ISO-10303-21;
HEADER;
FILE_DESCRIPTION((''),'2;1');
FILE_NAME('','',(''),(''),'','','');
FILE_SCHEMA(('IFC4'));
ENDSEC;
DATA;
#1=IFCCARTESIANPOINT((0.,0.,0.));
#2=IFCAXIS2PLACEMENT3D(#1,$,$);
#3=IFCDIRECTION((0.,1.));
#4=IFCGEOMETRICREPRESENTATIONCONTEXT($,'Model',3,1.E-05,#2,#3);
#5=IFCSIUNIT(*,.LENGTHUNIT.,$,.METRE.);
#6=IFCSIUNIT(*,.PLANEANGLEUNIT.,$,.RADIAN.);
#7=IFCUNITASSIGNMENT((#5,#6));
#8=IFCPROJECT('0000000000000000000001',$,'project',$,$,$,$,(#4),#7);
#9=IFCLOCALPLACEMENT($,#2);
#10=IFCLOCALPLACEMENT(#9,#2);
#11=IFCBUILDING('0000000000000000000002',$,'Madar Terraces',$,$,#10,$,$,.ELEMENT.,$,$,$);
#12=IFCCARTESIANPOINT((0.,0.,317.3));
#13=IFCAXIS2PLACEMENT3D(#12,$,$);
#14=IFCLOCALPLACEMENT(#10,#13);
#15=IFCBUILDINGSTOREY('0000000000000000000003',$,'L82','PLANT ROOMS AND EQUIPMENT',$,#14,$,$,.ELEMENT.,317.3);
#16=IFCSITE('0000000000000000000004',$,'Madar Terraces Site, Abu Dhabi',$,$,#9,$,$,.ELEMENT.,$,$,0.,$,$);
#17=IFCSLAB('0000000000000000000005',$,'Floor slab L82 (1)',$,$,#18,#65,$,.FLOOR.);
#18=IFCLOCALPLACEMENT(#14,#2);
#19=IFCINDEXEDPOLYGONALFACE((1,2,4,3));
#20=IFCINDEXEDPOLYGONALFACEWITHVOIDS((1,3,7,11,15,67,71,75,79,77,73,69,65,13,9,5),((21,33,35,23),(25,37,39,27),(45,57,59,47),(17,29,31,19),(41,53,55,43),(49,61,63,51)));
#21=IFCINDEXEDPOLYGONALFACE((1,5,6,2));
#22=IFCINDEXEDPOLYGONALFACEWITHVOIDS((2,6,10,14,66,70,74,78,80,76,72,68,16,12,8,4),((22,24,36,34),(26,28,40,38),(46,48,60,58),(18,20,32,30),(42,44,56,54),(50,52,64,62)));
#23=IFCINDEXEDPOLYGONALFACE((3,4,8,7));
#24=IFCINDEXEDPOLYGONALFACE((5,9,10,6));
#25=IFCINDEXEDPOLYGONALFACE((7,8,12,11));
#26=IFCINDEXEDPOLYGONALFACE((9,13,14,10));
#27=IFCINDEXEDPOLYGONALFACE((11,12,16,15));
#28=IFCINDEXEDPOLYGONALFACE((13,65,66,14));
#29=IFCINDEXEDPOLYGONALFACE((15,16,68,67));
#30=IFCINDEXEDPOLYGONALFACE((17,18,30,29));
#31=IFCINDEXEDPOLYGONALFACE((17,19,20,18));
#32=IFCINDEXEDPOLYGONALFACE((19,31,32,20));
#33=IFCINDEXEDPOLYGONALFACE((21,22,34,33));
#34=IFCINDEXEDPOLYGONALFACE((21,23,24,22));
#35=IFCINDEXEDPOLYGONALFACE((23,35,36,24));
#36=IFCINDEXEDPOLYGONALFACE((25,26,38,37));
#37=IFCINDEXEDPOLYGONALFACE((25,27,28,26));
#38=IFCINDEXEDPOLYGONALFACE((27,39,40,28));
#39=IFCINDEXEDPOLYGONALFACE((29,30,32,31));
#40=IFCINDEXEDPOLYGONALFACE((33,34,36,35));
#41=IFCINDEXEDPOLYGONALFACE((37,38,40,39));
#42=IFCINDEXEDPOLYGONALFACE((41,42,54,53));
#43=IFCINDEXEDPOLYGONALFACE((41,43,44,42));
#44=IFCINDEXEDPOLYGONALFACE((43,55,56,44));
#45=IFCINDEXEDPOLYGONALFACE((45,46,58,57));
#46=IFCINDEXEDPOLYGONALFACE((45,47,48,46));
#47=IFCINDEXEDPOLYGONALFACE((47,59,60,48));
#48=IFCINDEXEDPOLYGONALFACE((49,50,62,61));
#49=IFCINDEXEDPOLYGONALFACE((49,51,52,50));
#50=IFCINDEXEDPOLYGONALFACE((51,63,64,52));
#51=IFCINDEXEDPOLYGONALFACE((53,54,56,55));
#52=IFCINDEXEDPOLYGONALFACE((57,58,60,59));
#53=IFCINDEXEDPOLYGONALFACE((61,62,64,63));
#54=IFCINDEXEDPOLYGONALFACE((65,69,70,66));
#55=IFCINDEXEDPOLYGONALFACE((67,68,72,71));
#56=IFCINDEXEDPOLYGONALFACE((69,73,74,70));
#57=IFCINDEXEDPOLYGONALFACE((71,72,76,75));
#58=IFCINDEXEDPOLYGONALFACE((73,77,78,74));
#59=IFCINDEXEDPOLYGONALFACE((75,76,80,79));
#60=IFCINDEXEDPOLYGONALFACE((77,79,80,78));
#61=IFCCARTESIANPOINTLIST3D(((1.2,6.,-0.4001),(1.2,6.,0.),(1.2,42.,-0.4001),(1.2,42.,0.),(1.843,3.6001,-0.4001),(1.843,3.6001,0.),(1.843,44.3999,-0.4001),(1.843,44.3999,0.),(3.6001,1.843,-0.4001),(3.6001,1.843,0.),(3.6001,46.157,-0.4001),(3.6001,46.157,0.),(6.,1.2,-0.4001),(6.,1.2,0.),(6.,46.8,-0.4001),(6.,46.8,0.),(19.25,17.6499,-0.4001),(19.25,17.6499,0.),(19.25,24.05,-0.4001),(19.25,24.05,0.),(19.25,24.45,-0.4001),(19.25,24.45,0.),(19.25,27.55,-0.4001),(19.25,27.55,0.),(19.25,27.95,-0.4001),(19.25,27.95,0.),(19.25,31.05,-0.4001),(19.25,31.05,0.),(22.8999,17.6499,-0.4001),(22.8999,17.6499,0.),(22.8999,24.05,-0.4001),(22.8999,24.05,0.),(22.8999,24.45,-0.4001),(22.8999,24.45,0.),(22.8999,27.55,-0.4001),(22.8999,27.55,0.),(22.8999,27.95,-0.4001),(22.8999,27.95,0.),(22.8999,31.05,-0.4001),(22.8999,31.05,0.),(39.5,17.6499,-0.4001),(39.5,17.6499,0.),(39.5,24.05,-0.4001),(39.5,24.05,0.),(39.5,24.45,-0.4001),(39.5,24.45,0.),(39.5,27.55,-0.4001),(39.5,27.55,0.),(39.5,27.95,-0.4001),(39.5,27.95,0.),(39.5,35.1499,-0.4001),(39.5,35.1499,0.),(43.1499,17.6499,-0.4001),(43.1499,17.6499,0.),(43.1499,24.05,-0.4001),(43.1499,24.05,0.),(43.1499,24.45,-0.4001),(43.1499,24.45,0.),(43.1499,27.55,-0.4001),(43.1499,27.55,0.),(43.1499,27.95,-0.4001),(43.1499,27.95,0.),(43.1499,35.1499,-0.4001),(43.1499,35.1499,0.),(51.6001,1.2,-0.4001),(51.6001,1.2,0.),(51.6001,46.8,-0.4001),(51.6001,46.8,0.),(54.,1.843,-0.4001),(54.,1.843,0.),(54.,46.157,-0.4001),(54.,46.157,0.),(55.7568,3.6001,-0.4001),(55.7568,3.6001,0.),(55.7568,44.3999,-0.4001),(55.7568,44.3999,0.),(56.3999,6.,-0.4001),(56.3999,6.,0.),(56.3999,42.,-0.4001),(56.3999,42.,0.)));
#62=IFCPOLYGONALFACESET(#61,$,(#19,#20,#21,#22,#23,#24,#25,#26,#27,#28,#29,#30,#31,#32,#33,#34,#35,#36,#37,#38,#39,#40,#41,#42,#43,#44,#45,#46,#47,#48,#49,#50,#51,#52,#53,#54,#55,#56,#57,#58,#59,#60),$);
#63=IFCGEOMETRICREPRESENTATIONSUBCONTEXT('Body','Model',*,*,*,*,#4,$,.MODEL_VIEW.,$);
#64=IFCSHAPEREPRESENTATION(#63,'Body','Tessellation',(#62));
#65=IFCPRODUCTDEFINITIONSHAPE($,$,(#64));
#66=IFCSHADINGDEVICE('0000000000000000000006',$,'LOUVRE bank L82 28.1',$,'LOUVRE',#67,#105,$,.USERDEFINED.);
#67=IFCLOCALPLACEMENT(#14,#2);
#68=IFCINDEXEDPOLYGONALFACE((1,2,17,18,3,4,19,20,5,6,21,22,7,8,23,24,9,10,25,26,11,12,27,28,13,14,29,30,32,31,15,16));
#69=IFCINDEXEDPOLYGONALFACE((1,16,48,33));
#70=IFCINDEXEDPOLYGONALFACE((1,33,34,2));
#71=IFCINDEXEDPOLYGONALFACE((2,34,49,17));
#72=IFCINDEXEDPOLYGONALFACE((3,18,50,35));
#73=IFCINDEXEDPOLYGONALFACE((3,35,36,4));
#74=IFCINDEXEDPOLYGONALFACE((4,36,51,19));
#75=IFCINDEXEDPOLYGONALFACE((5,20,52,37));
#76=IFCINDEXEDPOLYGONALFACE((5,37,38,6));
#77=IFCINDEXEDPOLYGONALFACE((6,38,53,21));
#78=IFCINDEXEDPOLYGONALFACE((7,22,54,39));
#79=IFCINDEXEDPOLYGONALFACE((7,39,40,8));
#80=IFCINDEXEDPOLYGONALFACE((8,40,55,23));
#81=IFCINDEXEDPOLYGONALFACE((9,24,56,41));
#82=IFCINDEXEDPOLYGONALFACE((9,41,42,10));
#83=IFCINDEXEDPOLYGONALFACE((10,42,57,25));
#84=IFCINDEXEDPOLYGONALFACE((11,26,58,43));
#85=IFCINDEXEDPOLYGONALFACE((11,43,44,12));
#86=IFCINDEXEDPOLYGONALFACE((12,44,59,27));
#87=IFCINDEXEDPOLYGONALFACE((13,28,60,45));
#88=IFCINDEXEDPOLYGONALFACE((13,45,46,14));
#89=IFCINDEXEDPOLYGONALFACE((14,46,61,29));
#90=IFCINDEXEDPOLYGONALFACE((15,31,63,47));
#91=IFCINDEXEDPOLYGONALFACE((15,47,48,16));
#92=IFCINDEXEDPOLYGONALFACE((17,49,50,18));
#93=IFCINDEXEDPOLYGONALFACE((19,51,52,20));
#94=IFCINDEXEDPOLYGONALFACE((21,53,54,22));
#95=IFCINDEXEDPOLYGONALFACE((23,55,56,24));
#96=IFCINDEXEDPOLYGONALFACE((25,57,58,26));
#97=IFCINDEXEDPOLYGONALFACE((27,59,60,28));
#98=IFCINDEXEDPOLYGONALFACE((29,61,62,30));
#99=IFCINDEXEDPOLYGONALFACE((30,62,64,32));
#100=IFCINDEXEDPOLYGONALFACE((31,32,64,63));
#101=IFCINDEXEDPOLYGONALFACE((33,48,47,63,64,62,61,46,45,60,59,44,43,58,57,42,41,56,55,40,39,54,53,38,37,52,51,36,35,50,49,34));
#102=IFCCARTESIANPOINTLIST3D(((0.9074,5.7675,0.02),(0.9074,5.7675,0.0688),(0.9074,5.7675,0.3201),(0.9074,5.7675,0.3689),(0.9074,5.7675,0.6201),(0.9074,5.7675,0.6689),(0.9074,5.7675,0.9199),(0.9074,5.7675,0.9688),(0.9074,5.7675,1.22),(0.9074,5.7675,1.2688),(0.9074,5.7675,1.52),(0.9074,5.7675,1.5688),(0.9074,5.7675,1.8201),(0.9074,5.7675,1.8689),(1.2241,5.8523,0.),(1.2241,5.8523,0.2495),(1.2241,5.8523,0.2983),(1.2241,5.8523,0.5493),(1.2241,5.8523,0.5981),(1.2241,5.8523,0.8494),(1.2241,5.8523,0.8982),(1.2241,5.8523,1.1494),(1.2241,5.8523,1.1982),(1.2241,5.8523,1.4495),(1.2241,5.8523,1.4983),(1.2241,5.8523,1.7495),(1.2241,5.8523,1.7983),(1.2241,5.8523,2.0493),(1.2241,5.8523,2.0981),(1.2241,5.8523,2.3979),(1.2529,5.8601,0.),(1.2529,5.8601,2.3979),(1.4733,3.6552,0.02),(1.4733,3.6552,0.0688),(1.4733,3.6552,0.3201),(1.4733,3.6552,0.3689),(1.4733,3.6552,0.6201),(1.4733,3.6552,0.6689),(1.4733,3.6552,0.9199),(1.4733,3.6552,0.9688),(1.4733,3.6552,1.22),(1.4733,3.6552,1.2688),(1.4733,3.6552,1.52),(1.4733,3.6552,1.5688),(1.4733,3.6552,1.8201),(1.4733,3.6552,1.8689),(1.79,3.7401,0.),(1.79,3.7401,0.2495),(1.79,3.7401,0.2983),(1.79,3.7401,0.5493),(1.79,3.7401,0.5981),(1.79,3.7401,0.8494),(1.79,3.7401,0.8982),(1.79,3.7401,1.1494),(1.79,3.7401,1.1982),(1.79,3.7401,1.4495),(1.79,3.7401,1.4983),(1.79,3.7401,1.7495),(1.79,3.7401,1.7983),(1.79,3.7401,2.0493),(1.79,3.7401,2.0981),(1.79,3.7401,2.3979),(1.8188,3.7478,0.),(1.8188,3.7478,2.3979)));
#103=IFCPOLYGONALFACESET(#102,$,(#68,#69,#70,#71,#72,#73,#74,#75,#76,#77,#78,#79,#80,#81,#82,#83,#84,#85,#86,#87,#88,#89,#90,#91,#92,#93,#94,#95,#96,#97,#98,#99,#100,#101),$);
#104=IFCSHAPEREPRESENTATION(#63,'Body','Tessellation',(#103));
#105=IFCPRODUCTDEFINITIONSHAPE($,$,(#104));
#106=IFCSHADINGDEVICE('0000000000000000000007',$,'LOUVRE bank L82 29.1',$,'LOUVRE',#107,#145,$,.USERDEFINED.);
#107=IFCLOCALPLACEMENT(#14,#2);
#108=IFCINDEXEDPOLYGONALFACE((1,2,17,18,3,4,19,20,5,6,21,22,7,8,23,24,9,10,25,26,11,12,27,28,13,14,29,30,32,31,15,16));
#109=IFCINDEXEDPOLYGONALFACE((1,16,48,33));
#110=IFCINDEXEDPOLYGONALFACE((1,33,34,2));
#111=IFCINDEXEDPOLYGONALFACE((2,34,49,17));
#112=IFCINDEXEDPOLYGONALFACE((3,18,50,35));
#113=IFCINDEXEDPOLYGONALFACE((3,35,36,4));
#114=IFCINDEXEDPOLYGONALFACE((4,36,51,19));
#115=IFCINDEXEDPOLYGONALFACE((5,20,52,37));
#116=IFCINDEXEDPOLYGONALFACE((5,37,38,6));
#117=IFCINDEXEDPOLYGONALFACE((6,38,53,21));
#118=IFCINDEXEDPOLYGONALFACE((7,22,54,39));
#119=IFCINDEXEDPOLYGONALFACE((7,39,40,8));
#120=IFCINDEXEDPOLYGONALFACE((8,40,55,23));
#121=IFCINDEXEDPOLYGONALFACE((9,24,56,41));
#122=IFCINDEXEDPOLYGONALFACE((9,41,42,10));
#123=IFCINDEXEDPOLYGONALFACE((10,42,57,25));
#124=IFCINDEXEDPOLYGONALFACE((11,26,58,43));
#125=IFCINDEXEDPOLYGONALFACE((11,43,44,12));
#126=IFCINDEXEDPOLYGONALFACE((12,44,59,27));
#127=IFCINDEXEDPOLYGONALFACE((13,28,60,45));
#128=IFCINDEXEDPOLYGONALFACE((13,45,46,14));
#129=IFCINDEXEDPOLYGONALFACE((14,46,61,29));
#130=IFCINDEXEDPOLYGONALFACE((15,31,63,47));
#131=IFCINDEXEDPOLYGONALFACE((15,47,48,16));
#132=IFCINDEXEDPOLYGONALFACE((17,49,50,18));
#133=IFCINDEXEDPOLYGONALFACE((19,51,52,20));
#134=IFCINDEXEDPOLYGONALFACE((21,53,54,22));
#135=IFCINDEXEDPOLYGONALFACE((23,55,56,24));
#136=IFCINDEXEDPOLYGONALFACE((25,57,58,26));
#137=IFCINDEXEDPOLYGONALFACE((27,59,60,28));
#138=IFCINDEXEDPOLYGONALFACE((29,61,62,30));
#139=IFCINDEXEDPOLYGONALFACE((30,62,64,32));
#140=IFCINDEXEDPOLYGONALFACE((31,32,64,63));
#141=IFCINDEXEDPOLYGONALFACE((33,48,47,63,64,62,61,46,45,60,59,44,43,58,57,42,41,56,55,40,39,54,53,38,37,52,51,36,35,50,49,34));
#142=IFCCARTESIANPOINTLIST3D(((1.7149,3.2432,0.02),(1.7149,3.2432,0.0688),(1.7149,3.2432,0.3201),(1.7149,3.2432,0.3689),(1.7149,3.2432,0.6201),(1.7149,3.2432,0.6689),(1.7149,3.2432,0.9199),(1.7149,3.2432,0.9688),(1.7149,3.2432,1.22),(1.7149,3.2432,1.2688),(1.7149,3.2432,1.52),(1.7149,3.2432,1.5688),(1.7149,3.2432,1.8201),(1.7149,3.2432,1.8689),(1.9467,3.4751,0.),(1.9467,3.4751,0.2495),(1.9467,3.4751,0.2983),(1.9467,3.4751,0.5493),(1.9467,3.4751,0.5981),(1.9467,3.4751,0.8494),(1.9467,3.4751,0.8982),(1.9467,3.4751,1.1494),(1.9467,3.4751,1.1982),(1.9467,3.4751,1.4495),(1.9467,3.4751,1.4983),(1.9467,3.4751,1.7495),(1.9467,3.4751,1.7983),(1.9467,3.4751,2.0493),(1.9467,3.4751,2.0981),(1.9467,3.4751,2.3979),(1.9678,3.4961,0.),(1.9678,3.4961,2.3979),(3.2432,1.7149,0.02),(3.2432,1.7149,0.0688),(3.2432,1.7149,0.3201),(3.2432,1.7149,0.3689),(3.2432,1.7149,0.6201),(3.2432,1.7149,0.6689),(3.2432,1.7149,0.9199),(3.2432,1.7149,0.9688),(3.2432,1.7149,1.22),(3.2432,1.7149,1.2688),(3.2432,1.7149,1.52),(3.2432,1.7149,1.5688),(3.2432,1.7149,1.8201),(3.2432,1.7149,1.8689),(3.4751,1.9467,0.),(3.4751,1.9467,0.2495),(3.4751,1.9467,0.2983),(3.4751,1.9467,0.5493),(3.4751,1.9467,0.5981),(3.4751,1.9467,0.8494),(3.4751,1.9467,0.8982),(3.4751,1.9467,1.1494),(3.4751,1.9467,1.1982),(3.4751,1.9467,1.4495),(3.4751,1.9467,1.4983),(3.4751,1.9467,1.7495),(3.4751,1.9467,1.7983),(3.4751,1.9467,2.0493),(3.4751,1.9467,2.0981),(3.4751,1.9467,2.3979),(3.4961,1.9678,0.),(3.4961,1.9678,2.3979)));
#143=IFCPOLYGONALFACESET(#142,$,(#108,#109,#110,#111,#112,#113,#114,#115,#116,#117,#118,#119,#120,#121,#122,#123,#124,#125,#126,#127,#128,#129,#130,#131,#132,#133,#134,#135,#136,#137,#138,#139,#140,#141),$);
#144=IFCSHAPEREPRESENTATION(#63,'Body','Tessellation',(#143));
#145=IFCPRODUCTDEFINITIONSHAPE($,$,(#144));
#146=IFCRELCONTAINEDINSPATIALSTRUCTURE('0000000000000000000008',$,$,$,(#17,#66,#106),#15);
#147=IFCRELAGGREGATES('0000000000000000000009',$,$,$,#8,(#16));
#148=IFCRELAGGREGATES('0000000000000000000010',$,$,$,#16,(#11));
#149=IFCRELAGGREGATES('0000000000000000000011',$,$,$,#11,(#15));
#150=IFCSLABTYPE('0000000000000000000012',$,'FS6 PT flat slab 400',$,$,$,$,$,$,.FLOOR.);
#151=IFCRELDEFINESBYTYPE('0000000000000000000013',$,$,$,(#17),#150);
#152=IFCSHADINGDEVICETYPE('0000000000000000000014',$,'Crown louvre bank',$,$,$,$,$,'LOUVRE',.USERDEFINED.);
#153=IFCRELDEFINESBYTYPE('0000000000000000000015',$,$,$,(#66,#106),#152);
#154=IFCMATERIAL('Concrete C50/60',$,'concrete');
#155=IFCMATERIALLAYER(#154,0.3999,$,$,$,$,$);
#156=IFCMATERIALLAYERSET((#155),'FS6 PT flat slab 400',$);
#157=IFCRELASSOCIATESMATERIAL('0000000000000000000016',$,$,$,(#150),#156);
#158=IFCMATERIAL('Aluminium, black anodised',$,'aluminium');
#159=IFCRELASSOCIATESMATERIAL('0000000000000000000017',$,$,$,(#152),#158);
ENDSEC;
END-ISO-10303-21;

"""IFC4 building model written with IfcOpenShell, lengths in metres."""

from ifc_helpers import new_model, si_unit, direction, frame, origin, place, context, subcontext, project, spatial, polyline, outline, extrude, material, layer, layer_set, type_object, element, save


model = new_model("IFC4")

# Units and contexts
model_context = context("Model", 3, precision=1e-05, world=origin(), true_north=direction((0.0, 1.0)))
body_context = subcontext(model_context, "Body", "Model", "MODEL_VIEW")
ifc_project = project(units=[si_unit("LENGTHUNIT", "METRE"), si_unit("PLANEANGLEUNIT", "RADIAN")], contexts=[model_context])

# Site, building, storey
site_placement = place(None, origin())
site = spatial("IfcSite", under=ifc_project, at=site_placement, Name="Madar Terraces Site, Abu Dhabi", CompositionType="ELEMENT", RefElevation=0.0)
building_placement = place(site_placement, origin())
building = spatial("IfcBuilding", under=site, at=building_placement, Name="Madar Terraces", CompositionType="ELEMENT")
storey_placement = place(building_placement, frame((0.0, 0.0, 317.3)))
storey = spatial("IfcBuildingStorey", under=building, at=storey_placement, Name="L82", Description="PLANT ROOMS AND EQUIPMENT", CompositionType="ELEMENT", Elevation=317.3)

# Slab
ifc_material_1 = material(Name="Concrete C50/60", Category="concrete")
ifc_layer_1 = layer(ifc_material_1, 0.3999)
ifc_layer_set_1 = layer_set([ifc_layer_1], Name="FS6 PT flat slab 400")
slab_type_1 = type_object("IfcSlabType", Name="FS6 PT flat slab 400", PredefinedType="FLOOR", material=ifc_layer_set_1)
slab_1_placement = place(storey_placement, frame((0.0, 0.0, -0.4001)))
element("IfcSlab", 1, at=slab_1_placement, inside=storey, type_object=slab_type_1, Name="Floor slab L82 (1)", PredefinedType="FLOOR", context=body_context, shape_type="SweptSolid", body=[
    extrude(outline(polyline([(51.6001, 1.2), (54.0, 1.843), (55.7568, 3.6001), (56.3999, 6.0), (56.3999, 42.0), (55.7568, 44.3999), (54.0, 46.157), (51.6001, 46.8), (6.0, 46.8), (3.6001, 46.157), (1.843, 44.3999), (1.2, 42.0), (1.2, 6.0), (1.843, 3.6001), (3.6001, 1.843), (6.0, 1.2), (51.6001, 1.2)]), holes=[polyline([(22.8999, 24.05), (22.8999, 17.6499), (19.25, 17.6499), (19.25, 24.05), (22.8999, 24.05)]), polyline([(43.1499, 17.6499), (39.5, 17.6499), (39.5, 24.05), (43.1499, 24.05), (43.1499, 17.6499)]), polyline([(22.8999, 24.45), (19.25, 24.45), (19.25, 27.55), (22.8999, 27.55), (22.8999, 24.45)]), polyline([(43.1499, 27.55), (43.1499, 24.45), (39.5, 24.45), (39.5, 27.55), (43.1499, 27.55)]), polyline([(22.8999, 27.95), (19.25, 27.95), (19.25, 31.05), (22.8999, 31.05), (22.8999, 27.95)]), polyline([(43.1499, 27.95), (39.5, 27.95), (39.5, 35.1499), (43.1499, 35.1499), (43.1499, 27.95)])]), origin(), (0.0, 0.0, 1.0), 0.4001),
])

# Shading devices
ifc_material_2 = material(Name="Aluminium, black anodised", Category="aluminium")
shading_device_type = type_object("IfcShadingDeviceType", Name="Crown louvre bank", ElementType="LOUVRE", PredefinedType="USERDEFINED", material=ifc_material_2)
shading_device_1_placement = place(storey_placement, frame((1.2385, 5.8562, 0.0), z_axis=(0.258788, -0.965934, 0.0), x_axis=(0.965934, 0.258788, 0.0)))
element("IfcShadingDevice", 2, at=shading_device_1_placement, inside=storey, type_object=shading_device_type, Name="LOUVRE bank L82 28.1", ObjectType="LOUVRE", PredefinedType="USERDEFINED", context=body_context, shape_type="SweptSolid", body=[
    extrude(outline(polyline([(0.0149, 0.0), (-0.0149, 0.0), (-0.0149, 0.2495), (-0.3428, 0.02), (-0.3428, 0.0688), (-0.0149, 0.2983), (-0.0149, 0.5493), (-0.3428, 0.3201), (-0.3428, 0.3689), (-0.0149, 0.5981), (-0.0149, 0.8494), (-0.3428, 0.6201), (-0.3428, 0.6689), (-0.0149, 0.8982), (-0.0149, 1.1494), (-0.3428, 0.9199), (-0.3428, 0.9688), (-0.0149, 1.1982), (-0.0149, 1.4495), (-0.3428, 1.22), (-0.3428, 1.2688), (-0.0149, 1.4983), (-0.0149, 1.7495), (-0.3428, 1.52), (-0.3428, 1.5688), (-0.0149, 1.7983), (-0.0149, 2.0493), (-0.3428, 1.8201), (-0.3428, 1.8689), (-0.0149, 2.0981), (-0.0149, 2.3979), (0.0149, 2.3979), (0.0149, 0.0)])), origin(), (0.0, 0.0, 1.0), 2.1868),
])
shading_device_2_placement = place(storey_placement, frame((1.9573, 3.4856, 0.0), z_axis=(0.707107, -0.707107, 0.0), x_axis=(0.707107, 0.707107, 0.0)))
element("IfcShadingDevice", 3, at=shading_device_2_placement, inside=storey, type_object=shading_device_type, Name="LOUVRE bank L82 29.1", ObjectType="LOUVRE", PredefinedType="USERDEFINED", context=body_context, shape_type="SweptSolid", body=[
    extrude(outline(polyline([(0.0149, 0.0), (-0.0149, 0.0), (-0.0149, 0.2495), (-0.3428, 0.02), (-0.3428, 0.0688), (-0.0149, 0.2983), (-0.0149, 0.5493), (-0.3428, 0.3201), (-0.3428, 0.3689), (-0.0149, 0.5981), (-0.0149, 0.8494), (-0.3428, 0.6201), (-0.3428, 0.6689), (-0.0149, 0.8982), (-0.0149, 1.1494), (-0.3428, 0.9199), (-0.3428, 0.9688), (-0.0149, 1.1982), (-0.0149, 1.4495), (-0.3428, 1.22), (-0.3428, 1.2688), (-0.0149, 1.4983), (-0.0149, 1.7495), (-0.3428, 1.52), (-0.3428, 1.5688), (-0.0149, 1.7983), (-0.0149, 2.0493), (-0.3428, 1.8201), (-0.3428, 1.8689), (-0.0149, 2.0981), (-0.0149, 2.3979), (0.0149, 2.3979), (0.0149, 0.0)])), origin(), (0.0, 0.0, 1.0), 2.1614),
])

save(model, "model.ifc")
